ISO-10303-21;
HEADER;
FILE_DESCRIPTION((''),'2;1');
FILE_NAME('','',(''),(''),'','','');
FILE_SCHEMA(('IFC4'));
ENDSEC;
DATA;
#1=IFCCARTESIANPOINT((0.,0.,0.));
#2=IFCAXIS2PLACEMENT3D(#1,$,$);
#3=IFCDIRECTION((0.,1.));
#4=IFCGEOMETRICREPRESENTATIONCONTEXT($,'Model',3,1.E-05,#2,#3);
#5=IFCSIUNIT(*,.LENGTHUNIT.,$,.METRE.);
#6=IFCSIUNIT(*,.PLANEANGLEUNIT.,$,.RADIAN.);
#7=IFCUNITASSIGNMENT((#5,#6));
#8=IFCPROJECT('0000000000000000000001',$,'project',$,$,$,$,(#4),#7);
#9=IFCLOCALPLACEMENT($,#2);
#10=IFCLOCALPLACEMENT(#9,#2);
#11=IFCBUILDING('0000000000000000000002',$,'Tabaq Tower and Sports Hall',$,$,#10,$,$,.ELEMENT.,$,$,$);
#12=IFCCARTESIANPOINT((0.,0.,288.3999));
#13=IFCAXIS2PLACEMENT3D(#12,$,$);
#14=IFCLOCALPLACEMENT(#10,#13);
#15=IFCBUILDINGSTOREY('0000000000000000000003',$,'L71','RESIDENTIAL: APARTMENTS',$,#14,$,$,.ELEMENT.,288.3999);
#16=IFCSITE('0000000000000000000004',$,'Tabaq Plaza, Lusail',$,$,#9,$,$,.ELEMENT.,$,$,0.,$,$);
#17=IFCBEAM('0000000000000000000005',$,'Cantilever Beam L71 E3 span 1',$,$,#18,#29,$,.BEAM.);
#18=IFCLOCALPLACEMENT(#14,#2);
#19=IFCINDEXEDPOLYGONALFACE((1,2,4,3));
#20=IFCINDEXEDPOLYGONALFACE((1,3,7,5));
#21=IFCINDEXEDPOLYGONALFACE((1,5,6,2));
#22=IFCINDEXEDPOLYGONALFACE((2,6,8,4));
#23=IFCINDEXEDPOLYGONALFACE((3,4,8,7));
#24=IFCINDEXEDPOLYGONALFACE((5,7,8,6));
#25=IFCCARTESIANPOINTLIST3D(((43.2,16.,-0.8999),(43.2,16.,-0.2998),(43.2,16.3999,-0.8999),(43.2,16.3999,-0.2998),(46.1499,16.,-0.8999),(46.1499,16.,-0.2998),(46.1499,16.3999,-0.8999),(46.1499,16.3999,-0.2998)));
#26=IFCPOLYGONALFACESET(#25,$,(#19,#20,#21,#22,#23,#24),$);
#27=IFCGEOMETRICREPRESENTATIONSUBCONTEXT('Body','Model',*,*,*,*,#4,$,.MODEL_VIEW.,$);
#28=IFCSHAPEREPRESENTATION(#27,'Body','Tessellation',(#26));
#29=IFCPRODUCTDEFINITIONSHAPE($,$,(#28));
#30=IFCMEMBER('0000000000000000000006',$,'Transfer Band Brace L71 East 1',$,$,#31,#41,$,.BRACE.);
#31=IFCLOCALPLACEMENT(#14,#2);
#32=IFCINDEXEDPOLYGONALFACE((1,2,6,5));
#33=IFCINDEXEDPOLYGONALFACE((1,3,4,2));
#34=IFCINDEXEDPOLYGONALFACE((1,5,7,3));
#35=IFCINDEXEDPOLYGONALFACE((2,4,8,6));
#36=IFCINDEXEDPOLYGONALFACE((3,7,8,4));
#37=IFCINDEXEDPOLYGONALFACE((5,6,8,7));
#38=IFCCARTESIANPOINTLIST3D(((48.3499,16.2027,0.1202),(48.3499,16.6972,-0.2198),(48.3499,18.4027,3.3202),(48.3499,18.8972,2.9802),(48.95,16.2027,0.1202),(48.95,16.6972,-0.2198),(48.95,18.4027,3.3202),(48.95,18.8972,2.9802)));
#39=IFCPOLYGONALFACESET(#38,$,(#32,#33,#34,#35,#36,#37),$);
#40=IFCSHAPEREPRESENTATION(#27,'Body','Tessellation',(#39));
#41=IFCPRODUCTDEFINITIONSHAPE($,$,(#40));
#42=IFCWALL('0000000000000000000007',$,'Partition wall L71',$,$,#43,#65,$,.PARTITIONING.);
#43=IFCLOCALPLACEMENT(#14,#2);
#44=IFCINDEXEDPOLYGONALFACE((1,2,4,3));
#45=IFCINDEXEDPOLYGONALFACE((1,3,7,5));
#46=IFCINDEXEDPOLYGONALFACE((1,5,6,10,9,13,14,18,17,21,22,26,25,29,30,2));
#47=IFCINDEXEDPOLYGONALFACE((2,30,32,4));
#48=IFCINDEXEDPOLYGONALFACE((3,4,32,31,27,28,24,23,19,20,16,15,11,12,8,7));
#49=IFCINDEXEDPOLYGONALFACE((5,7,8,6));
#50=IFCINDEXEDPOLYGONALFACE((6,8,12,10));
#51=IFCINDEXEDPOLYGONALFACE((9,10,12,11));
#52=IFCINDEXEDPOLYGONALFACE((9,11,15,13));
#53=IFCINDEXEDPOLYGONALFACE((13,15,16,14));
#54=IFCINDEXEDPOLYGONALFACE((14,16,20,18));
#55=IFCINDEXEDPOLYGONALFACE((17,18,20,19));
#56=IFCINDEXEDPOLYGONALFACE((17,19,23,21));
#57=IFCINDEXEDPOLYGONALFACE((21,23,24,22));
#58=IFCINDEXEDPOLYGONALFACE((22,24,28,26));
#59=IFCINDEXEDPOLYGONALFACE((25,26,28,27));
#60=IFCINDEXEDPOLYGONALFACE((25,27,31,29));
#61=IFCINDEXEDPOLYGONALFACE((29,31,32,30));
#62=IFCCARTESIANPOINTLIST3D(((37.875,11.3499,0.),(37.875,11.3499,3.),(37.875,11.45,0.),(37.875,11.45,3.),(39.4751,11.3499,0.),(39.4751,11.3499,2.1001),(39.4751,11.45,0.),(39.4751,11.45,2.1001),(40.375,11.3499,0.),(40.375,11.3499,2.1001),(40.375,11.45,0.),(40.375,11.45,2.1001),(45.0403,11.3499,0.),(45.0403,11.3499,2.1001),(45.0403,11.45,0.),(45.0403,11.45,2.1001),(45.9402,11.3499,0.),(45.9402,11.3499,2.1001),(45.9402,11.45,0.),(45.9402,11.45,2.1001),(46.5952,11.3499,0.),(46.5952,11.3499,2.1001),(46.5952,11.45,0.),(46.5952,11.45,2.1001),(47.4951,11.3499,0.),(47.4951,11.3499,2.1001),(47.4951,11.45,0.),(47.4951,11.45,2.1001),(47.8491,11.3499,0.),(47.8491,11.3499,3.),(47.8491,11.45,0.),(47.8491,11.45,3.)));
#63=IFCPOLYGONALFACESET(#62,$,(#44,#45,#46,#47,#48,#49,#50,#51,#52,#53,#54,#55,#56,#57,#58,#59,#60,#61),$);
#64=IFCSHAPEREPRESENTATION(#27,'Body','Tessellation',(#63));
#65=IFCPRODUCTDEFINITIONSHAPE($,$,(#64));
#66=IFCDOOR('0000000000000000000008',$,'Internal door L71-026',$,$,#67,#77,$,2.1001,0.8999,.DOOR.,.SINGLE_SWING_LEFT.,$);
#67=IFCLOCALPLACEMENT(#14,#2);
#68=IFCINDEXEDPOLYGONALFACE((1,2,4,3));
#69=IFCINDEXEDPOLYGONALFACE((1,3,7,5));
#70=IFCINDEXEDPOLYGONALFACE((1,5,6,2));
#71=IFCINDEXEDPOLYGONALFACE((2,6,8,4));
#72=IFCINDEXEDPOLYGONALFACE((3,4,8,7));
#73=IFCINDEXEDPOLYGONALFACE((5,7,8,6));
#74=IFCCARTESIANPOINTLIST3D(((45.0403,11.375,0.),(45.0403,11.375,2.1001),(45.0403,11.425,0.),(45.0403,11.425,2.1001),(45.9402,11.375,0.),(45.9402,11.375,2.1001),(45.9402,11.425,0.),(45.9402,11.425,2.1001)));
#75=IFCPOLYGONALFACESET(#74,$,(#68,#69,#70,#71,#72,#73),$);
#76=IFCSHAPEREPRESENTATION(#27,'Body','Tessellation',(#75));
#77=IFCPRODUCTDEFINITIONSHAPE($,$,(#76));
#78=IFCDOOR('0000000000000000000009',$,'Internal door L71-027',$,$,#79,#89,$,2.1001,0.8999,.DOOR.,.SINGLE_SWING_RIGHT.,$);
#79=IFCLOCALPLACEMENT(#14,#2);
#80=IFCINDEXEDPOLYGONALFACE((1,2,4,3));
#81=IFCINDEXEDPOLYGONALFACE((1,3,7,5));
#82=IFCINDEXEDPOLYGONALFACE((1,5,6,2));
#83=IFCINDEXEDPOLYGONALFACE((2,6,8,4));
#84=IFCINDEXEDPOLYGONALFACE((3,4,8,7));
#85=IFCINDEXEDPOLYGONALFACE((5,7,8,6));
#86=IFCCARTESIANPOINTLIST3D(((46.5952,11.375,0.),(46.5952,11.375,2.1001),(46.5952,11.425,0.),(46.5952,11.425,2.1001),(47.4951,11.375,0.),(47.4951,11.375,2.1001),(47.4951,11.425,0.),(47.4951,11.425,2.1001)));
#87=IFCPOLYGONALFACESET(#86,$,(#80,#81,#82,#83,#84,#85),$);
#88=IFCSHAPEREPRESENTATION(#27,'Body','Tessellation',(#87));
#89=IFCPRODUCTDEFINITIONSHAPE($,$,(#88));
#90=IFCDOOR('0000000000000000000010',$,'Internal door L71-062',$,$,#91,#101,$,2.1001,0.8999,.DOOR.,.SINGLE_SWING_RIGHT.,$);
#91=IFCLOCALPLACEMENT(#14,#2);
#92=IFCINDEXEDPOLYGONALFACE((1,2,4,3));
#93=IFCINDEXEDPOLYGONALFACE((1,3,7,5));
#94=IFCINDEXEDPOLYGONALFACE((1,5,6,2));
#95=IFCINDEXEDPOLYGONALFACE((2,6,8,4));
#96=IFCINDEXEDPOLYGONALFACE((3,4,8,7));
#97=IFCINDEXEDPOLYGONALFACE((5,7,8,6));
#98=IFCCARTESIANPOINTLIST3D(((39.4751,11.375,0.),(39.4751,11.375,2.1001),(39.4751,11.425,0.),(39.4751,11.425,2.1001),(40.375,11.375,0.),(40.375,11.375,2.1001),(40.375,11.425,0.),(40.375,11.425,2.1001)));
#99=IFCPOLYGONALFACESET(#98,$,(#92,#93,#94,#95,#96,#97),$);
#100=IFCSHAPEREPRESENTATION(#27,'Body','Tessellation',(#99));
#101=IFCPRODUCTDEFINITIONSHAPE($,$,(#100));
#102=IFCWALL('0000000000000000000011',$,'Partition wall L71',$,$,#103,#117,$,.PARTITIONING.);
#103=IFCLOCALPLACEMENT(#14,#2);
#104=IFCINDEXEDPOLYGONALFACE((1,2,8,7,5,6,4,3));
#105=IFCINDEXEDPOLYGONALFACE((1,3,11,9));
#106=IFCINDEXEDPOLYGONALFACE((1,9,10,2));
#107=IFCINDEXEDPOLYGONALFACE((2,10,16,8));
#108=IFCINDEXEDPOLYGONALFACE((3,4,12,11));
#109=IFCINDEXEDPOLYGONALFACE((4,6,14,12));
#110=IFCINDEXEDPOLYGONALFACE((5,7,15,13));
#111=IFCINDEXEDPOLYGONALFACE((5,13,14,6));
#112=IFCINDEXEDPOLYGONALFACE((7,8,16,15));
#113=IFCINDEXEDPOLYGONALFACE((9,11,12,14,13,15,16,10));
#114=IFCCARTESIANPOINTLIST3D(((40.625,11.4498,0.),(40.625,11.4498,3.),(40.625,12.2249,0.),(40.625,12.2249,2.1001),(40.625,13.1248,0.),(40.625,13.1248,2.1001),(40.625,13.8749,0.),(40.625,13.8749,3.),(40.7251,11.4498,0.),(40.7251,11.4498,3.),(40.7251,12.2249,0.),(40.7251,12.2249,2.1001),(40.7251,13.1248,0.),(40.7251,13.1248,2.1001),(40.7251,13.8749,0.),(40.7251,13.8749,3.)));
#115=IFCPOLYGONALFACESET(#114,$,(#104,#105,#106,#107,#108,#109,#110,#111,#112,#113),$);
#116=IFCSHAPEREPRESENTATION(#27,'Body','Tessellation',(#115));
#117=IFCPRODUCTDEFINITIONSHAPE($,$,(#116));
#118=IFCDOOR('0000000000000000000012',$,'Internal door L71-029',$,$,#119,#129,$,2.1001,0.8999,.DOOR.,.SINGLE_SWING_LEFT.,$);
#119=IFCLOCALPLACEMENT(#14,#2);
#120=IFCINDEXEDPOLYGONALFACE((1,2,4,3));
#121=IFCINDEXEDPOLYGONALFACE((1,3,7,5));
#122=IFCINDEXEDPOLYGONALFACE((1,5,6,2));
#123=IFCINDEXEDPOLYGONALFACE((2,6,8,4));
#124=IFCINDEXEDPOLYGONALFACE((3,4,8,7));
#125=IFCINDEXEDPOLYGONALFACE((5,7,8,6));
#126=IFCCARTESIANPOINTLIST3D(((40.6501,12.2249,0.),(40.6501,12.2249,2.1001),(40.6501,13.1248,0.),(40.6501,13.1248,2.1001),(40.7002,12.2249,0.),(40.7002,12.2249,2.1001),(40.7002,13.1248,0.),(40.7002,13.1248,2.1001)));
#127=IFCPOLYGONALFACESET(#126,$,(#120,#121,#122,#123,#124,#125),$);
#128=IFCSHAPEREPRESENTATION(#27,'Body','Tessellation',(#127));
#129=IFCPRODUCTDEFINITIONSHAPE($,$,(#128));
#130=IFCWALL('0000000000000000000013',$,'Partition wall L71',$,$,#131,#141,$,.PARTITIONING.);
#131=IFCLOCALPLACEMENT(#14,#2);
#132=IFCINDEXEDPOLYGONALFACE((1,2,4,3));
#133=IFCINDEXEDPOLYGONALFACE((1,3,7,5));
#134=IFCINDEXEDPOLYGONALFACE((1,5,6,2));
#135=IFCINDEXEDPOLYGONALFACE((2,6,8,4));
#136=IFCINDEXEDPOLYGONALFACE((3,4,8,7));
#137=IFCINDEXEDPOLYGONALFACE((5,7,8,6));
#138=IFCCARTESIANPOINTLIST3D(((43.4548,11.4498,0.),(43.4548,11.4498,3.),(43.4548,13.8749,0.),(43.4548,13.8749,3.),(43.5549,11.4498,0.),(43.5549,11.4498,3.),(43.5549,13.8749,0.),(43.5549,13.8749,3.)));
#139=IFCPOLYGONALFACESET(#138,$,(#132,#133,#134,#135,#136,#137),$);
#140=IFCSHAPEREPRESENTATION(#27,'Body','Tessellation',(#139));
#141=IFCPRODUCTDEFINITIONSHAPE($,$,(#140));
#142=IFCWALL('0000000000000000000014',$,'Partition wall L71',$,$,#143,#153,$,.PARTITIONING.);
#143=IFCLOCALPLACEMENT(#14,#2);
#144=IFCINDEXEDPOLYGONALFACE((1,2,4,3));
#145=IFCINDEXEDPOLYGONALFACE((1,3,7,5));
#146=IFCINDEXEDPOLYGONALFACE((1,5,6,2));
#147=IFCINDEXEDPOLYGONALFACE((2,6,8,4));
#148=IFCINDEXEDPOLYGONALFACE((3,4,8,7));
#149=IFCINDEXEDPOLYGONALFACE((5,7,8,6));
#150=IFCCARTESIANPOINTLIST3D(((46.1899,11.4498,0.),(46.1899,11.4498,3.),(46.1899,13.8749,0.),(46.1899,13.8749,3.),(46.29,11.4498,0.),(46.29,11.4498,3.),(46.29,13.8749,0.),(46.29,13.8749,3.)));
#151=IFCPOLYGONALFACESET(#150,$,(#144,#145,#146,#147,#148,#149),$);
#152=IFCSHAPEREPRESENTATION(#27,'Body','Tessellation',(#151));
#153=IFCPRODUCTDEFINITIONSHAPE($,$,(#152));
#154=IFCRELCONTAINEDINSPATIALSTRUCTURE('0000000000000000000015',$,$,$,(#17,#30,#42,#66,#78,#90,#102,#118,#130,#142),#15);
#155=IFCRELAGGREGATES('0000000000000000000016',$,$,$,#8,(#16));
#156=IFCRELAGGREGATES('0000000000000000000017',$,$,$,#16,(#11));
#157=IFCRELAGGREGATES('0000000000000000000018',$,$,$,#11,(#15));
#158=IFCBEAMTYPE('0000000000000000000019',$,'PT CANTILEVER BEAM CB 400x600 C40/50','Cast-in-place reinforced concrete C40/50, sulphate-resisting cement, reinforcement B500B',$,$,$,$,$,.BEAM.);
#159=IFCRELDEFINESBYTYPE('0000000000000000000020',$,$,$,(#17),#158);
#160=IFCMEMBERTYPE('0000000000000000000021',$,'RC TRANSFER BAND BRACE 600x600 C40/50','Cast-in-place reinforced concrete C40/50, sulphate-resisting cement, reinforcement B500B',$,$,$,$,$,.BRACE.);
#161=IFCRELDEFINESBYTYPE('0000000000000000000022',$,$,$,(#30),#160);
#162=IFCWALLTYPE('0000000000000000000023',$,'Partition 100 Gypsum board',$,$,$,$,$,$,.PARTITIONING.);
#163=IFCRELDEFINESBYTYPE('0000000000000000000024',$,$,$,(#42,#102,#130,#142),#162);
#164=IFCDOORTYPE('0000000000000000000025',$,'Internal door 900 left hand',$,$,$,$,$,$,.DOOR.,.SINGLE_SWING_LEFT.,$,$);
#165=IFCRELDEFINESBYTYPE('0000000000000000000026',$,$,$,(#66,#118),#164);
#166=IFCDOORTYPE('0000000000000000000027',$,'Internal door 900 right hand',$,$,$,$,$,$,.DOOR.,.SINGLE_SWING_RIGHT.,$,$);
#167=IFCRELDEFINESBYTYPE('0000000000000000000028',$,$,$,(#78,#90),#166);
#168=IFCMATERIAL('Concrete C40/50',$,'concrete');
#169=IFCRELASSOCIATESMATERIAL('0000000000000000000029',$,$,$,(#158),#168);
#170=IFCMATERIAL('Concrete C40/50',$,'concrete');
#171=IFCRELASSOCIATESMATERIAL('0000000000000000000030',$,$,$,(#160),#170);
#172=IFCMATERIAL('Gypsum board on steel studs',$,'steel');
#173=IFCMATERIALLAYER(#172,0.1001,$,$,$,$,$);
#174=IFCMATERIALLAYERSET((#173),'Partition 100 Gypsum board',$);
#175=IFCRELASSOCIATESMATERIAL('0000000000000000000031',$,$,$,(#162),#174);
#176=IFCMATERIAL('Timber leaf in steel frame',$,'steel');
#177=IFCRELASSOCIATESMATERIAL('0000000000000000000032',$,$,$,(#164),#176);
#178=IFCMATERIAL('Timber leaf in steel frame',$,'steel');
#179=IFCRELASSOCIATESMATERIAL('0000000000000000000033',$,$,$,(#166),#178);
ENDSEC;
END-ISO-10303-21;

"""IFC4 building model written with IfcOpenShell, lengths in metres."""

from ifc_helpers import new_model, si_unit, direction, frame, frame_2d, origin, origin_2d, place, context, subcontext, project, spatial, rectangle, extrude, material, layer, layer_set, material_profile, profile_set, type_object, element, fill, save


model = new_model("IFC4")

# Units and contexts
model_context = context("Model", 3, precision=1e-05, world=origin(), true_north=direction((0.0, 1.0)))
body_context = subcontext(model_context, "Body", "Model", "MODEL_VIEW")
ifc_project = project(units=[si_unit("LENGTHUNIT", "METRE"), si_unit("PLANEANGLEUNIT", "RADIAN")], contexts=[model_context])

# Site, building, storey
site_placement = place(None, origin())
site = spatial("IfcSite", under=ifc_project, at=site_placement, Name="Tabaq Plaza, Lusail", CompositionType="ELEMENT", RefElevation=0.0)
building_placement = place(site_placement, origin())
building = spatial("IfcBuilding", under=site, at=building_placement, Name="Tabaq Tower and Sports Hall", CompositionType="ELEMENT")
storey_placement = place(building_placement, frame((0.0, 0.0, 288.3999)))
storey = spatial("IfcBuildingStorey", under=building, at=storey_placement, Name="L71", Description="RESIDENTIAL: APARTMENTS", CompositionType="ELEMENT", Elevation=288.3999)

# Beam
ifc_material_1 = material(Name="Concrete C40/50", Category="concrete")
ifc_material_profile_1 = material_profile(ifc_material_1, rectangle(XDim=0.3999, YDim=0.6001, at=origin_2d()), Name="CB 400x600")
ifc_profile_set_1 = profile_set([ifc_material_profile_1], Name="Concrete C40/50")
beam_type = type_object("IfcBeamType", Name="PT CANTILEVER BEAM CB 400x600 C40/50", Description="Cast-in-place reinforced concrete C40/50, sulphate-resisting cement, reinforcement B500B", PredefinedType="BEAM", material=ifc_profile_set_1)
beam_placement = place(storey_placement, frame((46.1499, 16.2, -0.5999), z_axis=(-1.0, 0.0, 0.0), x_axis=(0.0, -1.0, 0.0)))
element("IfcBeam", 1, at=beam_placement, inside=storey, type_object=beam_type, Name="Cantilever Beam L71 E3 span 1", PredefinedType="BEAM", context=body_context, shape_type="SweptSolid", body=[
    extrude(rectangle(XDim=0.3999, YDim=0.6001, at=origin_2d()), origin(), (0.0, 0.0, 1.0), 2.95),
])

# Member
ifc_material_2 = material(Name="Concrete C40/50", Category="concrete")
ifc_material_profile_2 = material_profile(ifc_material_2, rectangle(XDim=0.6001, YDim=0.6001, at=origin_2d()), Name="TRANSFER BAND BRACE 600x600")
ifc_profile_set_2 = profile_set([ifc_material_profile_2], Name="Concrete C40/50")
member_type = type_object("IfcMemberType", Name="RC TRANSFER BAND BRACE 600x600 C40/50", Description="Cast-in-place reinforced concrete C40/50, sulphate-resisting cement, reinforcement B500B", PredefinedType="BRACE", material=ifc_profile_set_2)
member_placement = place(storey_placement, frame((48.6499, 16.45, -0.0498), z_axis=(0.0, 0.566526, 0.824044), x_axis=(-1.0, 0.0, 0.0)))
element("IfcMember", 2, at=member_placement, inside=storey, type_object=member_type, Name="Transfer Band Brace L71 East 1", PredefinedType="BRACE", context=body_context, shape_type="SweptSolid", body=[
    extrude(rectangle(XDim=0.6001, YDim=0.6001, at=origin_2d()), origin(), (0.0, 0.0, 1.0), 3.8833),
])

# Wall, openings, doors
ifc_material_3 = material(Name="Gypsum board on steel studs", Category="steel")
ifc_layer_1 = layer(ifc_material_3, 0.1001)
ifc_layer_set_1 = layer_set([ifc_layer_1], Name="Partition 100 Gypsum board")
wall_type_1 = type_object("IfcWallType", Name="Partition 100 Gypsum board", PredefinedType="PARTITIONING", material=ifc_layer_set_1)
wall_1_placement = place(storey_placement, frame((47.8491, 11.3999, 0.0), z_axis=(0.0, 0.0, 1.0), x_axis=(-1.0, 0.0, 0.0)))
wall_1 = element("IfcWall", 3, at=wall_1_placement, inside=storey, type_object=wall_type_1, Name="Partition wall L71", PredefinedType="PARTITIONING", context=body_context, shape_type="SweptSolid", body=[
    extrude(rectangle(XDim=9.9741, YDim=0.1001, at=frame_2d((4.9871, 0.0))), origin(), (0.0, 0.0, 1.0), 3.0),
])
opening_1_placement = place(wall_1_placement, frame((1.9089, 0.0, 0.0)))
opening_1 = element("IfcOpeningElement", 4, at=opening_1_placement, cuts=wall_1, PredefinedType="OPENING", context=body_context, shape_type="SweptSolid", body=[
    extrude(rectangle(XDim=0.8999, YDim=2.1001, at=frame_2d((0.45, 1.05))), frame((0.0, 0.05, 0.0), z_axis=(0.0, -1.0, 0.0), x_axis=(1.0, 0.0, 0.0)), (0.0, 0.0, 1.0), 0.1001),
])
opening_2_placement = place(wall_1_placement, frame((0.354, 0.0, 0.0)))
opening_2 = element("IfcOpeningElement", 5, at=opening_2_placement, cuts=wall_1, PredefinedType="OPENING", context=body_context, shape_type="SweptSolid", body=[
    extrude(rectangle(XDim=0.8999, YDim=2.1001, at=frame_2d((0.45, 1.05))), frame((0.0, 0.05, 0.0), z_axis=(0.0, -1.0, 0.0), x_axis=(1.0, 0.0, 0.0)), (0.0, 0.0, 1.0), 0.1001),
])
opening_3_placement = place(wall_1_placement, frame((7.4741, 0.0, 0.0)))
opening_3 = element("IfcOpeningElement", 6, at=opening_3_placement, cuts=wall_1, PredefinedType="OPENING", context=body_context, shape_type="SweptSolid", body=[
    extrude(rectangle(XDim=0.8999, YDim=2.1001, at=frame_2d((0.45, 1.05))), frame((0.0, 0.05, 0.0), z_axis=(0.0, -1.0, 0.0), x_axis=(1.0, 0.0, 0.0)), (0.0, 0.0, 1.0), 0.1001),
])
ifc_material_4 = material(Name="Timber leaf in steel frame", Category="steel")
door_type_1 = type_object("IfcDoorType", Name="Internal door 900 left hand", OperationType="SINGLE_SWING_LEFT", PredefinedType="DOOR", material=ifc_material_4)
door_1_placement = place(opening_1_placement, origin())
door_1 = element("IfcDoor", 7, at=door_1_placement, inside=storey, type_object=door_type_1, Name="Internal door L71-026", OperationType="SINGLE_SWING_LEFT", OverallHeight=2.1001, OverallWidth=0.8999, PredefinedType="DOOR", context=body_context, shape_type="SweptSolid", body=[
    extrude(rectangle(XDim=0.8999, YDim=2.1001, at=frame_2d((0.45, 1.05))), frame((0.0, 0.0249, 0.0), z_axis=(0.0, -1.0, 0.0), x_axis=(1.0, 0.0, 0.0)), (0.0, 0.0, 1.0), 0.05),
])
fill(opening_1, door_1)
ifc_material_5 = material(Name="Timber leaf in steel frame", Category="steel")
door_type_2 = type_object("IfcDoorType", Name="Internal door 900 right hand", OperationType="SINGLE_SWING_RIGHT", PredefinedType="DOOR", material=ifc_material_5)
door_2_placement = place(opening_2_placement, origin())
door_2 = element("IfcDoor", 8, at=door_2_placement, inside=storey, type_object=door_type_2, Name="Internal door L71-027", OperationType="SINGLE_SWING_RIGHT", OverallHeight=2.1001, OverallWidth=0.8999, PredefinedType="DOOR", context=body_context, shape_type="SweptSolid", body=[
    extrude(rectangle(XDim=0.8999, YDim=2.1001, at=frame_2d((0.45, 1.05))), frame((0.0, 0.0249, 0.0), z_axis=(0.0, -1.0, 0.0), x_axis=(1.0, 0.0, 0.0)), (0.0, 0.0, 1.0), 0.05),
])
fill(opening_2, door_2)
door_3_placement = place(opening_3_placement, origin())
door_3 = element("IfcDoor", 9, at=door_3_placement, inside=storey, type_object=door_type_2, Name="Internal door L71-062", OperationType="SINGLE_SWING_RIGHT", OverallHeight=2.1001, OverallWidth=0.8999, PredefinedType="DOOR", context=body_context, shape_type="SweptSolid", body=[
    extrude(rectangle(XDim=0.8999, YDim=2.1001, at=frame_2d((0.45, 1.05))), frame((0.0, 0.0249, 0.0), z_axis=(0.0, -1.0, 0.0), x_axis=(1.0, 0.0, 0.0)), (0.0, 0.0, 1.0), 0.05),
])
fill(opening_3, door_3)

# Wall, opening, door
wall_2_placement = place(storey_placement, frame((40.675, 11.45, 0.0), z_axis=(0.0, 0.0, 1.0), x_axis=(0.0, 1.0, 0.0)))
wall_2 = element("IfcWall", 10, at=wall_2_placement, inside=storey, type_object=wall_type_1, Name="Partition wall L71", PredefinedType="PARTITIONING", context=body_context, shape_type="SweptSolid", body=[
    extrude(rectangle(XDim=2.425, YDim=0.1001, at=frame_2d((1.2124, 0.0))), origin(), (0.0, 0.0, 1.0), 3.0),
])
opening_4_placement = place(wall_2_placement, frame((0.7749, 0.0, 0.0)))
opening_4 = element("IfcOpeningElement", 11, at=opening_4_placement, cuts=wall_2, PredefinedType="OPENING", context=body_context, shape_type="SweptSolid", body=[
    extrude(rectangle(XDim=0.8999, YDim=2.1001, at=frame_2d((0.45, 1.05))), frame((0.0, 0.05, 0.0), z_axis=(0.0, -1.0, 0.0), x_axis=(1.0, 0.0, 0.0)), (0.0, 0.0, 1.0), 0.1001),
])
door_4_placement = place(opening_4_placement, origin())
door_4 = element("IfcDoor", 12, at=door_4_placement, inside=storey, type_object=door_type_1, Name="Internal door L71-029", OperationType="SINGLE_SWING_LEFT", OverallHeight=2.1001, OverallWidth=0.8999, PredefinedType="DOOR", context=body_context, shape_type="SweptSolid", body=[
    extrude(rectangle(XDim=0.8999, YDim=2.1001, at=frame_2d((0.45, 1.05))), frame((0.0, 0.0249, 0.0), z_axis=(0.0, -1.0, 0.0), x_axis=(1.0, 0.0, 0.0)), (0.0, 0.0, 1.0), 0.05),
])
fill(opening_4, door_4)

# Walls
for number, where, z_axis, x_axis, name in (
    (13, (43.5049, 11.45, 0.0), (0.0, 0.0, 1.0), (0.0, 1.0, 0.0), "Partition wall L71"),
    (14, (46.24, 11.45, 0.0), (0.0, 0.0, 1.0), (0.0, 1.0, 0.0), "Partition wall L71"),
):
    element("IfcWall", number, at=place(storey_placement, frame(where, z_axis=z_axis, x_axis=x_axis)), inside=storey, type_object=wall_type_1, Name=name, PredefinedType="PARTITIONING", context=body_context, shape_type="SweptSolid", body=[
        extrude(rectangle(XDim=2.425, YDim=0.1001, at=frame_2d((1.2124, 0.0))), origin(), (0.0, 0.0, 1.0), 3.0),
    ])

save(model, "model.ifc")
